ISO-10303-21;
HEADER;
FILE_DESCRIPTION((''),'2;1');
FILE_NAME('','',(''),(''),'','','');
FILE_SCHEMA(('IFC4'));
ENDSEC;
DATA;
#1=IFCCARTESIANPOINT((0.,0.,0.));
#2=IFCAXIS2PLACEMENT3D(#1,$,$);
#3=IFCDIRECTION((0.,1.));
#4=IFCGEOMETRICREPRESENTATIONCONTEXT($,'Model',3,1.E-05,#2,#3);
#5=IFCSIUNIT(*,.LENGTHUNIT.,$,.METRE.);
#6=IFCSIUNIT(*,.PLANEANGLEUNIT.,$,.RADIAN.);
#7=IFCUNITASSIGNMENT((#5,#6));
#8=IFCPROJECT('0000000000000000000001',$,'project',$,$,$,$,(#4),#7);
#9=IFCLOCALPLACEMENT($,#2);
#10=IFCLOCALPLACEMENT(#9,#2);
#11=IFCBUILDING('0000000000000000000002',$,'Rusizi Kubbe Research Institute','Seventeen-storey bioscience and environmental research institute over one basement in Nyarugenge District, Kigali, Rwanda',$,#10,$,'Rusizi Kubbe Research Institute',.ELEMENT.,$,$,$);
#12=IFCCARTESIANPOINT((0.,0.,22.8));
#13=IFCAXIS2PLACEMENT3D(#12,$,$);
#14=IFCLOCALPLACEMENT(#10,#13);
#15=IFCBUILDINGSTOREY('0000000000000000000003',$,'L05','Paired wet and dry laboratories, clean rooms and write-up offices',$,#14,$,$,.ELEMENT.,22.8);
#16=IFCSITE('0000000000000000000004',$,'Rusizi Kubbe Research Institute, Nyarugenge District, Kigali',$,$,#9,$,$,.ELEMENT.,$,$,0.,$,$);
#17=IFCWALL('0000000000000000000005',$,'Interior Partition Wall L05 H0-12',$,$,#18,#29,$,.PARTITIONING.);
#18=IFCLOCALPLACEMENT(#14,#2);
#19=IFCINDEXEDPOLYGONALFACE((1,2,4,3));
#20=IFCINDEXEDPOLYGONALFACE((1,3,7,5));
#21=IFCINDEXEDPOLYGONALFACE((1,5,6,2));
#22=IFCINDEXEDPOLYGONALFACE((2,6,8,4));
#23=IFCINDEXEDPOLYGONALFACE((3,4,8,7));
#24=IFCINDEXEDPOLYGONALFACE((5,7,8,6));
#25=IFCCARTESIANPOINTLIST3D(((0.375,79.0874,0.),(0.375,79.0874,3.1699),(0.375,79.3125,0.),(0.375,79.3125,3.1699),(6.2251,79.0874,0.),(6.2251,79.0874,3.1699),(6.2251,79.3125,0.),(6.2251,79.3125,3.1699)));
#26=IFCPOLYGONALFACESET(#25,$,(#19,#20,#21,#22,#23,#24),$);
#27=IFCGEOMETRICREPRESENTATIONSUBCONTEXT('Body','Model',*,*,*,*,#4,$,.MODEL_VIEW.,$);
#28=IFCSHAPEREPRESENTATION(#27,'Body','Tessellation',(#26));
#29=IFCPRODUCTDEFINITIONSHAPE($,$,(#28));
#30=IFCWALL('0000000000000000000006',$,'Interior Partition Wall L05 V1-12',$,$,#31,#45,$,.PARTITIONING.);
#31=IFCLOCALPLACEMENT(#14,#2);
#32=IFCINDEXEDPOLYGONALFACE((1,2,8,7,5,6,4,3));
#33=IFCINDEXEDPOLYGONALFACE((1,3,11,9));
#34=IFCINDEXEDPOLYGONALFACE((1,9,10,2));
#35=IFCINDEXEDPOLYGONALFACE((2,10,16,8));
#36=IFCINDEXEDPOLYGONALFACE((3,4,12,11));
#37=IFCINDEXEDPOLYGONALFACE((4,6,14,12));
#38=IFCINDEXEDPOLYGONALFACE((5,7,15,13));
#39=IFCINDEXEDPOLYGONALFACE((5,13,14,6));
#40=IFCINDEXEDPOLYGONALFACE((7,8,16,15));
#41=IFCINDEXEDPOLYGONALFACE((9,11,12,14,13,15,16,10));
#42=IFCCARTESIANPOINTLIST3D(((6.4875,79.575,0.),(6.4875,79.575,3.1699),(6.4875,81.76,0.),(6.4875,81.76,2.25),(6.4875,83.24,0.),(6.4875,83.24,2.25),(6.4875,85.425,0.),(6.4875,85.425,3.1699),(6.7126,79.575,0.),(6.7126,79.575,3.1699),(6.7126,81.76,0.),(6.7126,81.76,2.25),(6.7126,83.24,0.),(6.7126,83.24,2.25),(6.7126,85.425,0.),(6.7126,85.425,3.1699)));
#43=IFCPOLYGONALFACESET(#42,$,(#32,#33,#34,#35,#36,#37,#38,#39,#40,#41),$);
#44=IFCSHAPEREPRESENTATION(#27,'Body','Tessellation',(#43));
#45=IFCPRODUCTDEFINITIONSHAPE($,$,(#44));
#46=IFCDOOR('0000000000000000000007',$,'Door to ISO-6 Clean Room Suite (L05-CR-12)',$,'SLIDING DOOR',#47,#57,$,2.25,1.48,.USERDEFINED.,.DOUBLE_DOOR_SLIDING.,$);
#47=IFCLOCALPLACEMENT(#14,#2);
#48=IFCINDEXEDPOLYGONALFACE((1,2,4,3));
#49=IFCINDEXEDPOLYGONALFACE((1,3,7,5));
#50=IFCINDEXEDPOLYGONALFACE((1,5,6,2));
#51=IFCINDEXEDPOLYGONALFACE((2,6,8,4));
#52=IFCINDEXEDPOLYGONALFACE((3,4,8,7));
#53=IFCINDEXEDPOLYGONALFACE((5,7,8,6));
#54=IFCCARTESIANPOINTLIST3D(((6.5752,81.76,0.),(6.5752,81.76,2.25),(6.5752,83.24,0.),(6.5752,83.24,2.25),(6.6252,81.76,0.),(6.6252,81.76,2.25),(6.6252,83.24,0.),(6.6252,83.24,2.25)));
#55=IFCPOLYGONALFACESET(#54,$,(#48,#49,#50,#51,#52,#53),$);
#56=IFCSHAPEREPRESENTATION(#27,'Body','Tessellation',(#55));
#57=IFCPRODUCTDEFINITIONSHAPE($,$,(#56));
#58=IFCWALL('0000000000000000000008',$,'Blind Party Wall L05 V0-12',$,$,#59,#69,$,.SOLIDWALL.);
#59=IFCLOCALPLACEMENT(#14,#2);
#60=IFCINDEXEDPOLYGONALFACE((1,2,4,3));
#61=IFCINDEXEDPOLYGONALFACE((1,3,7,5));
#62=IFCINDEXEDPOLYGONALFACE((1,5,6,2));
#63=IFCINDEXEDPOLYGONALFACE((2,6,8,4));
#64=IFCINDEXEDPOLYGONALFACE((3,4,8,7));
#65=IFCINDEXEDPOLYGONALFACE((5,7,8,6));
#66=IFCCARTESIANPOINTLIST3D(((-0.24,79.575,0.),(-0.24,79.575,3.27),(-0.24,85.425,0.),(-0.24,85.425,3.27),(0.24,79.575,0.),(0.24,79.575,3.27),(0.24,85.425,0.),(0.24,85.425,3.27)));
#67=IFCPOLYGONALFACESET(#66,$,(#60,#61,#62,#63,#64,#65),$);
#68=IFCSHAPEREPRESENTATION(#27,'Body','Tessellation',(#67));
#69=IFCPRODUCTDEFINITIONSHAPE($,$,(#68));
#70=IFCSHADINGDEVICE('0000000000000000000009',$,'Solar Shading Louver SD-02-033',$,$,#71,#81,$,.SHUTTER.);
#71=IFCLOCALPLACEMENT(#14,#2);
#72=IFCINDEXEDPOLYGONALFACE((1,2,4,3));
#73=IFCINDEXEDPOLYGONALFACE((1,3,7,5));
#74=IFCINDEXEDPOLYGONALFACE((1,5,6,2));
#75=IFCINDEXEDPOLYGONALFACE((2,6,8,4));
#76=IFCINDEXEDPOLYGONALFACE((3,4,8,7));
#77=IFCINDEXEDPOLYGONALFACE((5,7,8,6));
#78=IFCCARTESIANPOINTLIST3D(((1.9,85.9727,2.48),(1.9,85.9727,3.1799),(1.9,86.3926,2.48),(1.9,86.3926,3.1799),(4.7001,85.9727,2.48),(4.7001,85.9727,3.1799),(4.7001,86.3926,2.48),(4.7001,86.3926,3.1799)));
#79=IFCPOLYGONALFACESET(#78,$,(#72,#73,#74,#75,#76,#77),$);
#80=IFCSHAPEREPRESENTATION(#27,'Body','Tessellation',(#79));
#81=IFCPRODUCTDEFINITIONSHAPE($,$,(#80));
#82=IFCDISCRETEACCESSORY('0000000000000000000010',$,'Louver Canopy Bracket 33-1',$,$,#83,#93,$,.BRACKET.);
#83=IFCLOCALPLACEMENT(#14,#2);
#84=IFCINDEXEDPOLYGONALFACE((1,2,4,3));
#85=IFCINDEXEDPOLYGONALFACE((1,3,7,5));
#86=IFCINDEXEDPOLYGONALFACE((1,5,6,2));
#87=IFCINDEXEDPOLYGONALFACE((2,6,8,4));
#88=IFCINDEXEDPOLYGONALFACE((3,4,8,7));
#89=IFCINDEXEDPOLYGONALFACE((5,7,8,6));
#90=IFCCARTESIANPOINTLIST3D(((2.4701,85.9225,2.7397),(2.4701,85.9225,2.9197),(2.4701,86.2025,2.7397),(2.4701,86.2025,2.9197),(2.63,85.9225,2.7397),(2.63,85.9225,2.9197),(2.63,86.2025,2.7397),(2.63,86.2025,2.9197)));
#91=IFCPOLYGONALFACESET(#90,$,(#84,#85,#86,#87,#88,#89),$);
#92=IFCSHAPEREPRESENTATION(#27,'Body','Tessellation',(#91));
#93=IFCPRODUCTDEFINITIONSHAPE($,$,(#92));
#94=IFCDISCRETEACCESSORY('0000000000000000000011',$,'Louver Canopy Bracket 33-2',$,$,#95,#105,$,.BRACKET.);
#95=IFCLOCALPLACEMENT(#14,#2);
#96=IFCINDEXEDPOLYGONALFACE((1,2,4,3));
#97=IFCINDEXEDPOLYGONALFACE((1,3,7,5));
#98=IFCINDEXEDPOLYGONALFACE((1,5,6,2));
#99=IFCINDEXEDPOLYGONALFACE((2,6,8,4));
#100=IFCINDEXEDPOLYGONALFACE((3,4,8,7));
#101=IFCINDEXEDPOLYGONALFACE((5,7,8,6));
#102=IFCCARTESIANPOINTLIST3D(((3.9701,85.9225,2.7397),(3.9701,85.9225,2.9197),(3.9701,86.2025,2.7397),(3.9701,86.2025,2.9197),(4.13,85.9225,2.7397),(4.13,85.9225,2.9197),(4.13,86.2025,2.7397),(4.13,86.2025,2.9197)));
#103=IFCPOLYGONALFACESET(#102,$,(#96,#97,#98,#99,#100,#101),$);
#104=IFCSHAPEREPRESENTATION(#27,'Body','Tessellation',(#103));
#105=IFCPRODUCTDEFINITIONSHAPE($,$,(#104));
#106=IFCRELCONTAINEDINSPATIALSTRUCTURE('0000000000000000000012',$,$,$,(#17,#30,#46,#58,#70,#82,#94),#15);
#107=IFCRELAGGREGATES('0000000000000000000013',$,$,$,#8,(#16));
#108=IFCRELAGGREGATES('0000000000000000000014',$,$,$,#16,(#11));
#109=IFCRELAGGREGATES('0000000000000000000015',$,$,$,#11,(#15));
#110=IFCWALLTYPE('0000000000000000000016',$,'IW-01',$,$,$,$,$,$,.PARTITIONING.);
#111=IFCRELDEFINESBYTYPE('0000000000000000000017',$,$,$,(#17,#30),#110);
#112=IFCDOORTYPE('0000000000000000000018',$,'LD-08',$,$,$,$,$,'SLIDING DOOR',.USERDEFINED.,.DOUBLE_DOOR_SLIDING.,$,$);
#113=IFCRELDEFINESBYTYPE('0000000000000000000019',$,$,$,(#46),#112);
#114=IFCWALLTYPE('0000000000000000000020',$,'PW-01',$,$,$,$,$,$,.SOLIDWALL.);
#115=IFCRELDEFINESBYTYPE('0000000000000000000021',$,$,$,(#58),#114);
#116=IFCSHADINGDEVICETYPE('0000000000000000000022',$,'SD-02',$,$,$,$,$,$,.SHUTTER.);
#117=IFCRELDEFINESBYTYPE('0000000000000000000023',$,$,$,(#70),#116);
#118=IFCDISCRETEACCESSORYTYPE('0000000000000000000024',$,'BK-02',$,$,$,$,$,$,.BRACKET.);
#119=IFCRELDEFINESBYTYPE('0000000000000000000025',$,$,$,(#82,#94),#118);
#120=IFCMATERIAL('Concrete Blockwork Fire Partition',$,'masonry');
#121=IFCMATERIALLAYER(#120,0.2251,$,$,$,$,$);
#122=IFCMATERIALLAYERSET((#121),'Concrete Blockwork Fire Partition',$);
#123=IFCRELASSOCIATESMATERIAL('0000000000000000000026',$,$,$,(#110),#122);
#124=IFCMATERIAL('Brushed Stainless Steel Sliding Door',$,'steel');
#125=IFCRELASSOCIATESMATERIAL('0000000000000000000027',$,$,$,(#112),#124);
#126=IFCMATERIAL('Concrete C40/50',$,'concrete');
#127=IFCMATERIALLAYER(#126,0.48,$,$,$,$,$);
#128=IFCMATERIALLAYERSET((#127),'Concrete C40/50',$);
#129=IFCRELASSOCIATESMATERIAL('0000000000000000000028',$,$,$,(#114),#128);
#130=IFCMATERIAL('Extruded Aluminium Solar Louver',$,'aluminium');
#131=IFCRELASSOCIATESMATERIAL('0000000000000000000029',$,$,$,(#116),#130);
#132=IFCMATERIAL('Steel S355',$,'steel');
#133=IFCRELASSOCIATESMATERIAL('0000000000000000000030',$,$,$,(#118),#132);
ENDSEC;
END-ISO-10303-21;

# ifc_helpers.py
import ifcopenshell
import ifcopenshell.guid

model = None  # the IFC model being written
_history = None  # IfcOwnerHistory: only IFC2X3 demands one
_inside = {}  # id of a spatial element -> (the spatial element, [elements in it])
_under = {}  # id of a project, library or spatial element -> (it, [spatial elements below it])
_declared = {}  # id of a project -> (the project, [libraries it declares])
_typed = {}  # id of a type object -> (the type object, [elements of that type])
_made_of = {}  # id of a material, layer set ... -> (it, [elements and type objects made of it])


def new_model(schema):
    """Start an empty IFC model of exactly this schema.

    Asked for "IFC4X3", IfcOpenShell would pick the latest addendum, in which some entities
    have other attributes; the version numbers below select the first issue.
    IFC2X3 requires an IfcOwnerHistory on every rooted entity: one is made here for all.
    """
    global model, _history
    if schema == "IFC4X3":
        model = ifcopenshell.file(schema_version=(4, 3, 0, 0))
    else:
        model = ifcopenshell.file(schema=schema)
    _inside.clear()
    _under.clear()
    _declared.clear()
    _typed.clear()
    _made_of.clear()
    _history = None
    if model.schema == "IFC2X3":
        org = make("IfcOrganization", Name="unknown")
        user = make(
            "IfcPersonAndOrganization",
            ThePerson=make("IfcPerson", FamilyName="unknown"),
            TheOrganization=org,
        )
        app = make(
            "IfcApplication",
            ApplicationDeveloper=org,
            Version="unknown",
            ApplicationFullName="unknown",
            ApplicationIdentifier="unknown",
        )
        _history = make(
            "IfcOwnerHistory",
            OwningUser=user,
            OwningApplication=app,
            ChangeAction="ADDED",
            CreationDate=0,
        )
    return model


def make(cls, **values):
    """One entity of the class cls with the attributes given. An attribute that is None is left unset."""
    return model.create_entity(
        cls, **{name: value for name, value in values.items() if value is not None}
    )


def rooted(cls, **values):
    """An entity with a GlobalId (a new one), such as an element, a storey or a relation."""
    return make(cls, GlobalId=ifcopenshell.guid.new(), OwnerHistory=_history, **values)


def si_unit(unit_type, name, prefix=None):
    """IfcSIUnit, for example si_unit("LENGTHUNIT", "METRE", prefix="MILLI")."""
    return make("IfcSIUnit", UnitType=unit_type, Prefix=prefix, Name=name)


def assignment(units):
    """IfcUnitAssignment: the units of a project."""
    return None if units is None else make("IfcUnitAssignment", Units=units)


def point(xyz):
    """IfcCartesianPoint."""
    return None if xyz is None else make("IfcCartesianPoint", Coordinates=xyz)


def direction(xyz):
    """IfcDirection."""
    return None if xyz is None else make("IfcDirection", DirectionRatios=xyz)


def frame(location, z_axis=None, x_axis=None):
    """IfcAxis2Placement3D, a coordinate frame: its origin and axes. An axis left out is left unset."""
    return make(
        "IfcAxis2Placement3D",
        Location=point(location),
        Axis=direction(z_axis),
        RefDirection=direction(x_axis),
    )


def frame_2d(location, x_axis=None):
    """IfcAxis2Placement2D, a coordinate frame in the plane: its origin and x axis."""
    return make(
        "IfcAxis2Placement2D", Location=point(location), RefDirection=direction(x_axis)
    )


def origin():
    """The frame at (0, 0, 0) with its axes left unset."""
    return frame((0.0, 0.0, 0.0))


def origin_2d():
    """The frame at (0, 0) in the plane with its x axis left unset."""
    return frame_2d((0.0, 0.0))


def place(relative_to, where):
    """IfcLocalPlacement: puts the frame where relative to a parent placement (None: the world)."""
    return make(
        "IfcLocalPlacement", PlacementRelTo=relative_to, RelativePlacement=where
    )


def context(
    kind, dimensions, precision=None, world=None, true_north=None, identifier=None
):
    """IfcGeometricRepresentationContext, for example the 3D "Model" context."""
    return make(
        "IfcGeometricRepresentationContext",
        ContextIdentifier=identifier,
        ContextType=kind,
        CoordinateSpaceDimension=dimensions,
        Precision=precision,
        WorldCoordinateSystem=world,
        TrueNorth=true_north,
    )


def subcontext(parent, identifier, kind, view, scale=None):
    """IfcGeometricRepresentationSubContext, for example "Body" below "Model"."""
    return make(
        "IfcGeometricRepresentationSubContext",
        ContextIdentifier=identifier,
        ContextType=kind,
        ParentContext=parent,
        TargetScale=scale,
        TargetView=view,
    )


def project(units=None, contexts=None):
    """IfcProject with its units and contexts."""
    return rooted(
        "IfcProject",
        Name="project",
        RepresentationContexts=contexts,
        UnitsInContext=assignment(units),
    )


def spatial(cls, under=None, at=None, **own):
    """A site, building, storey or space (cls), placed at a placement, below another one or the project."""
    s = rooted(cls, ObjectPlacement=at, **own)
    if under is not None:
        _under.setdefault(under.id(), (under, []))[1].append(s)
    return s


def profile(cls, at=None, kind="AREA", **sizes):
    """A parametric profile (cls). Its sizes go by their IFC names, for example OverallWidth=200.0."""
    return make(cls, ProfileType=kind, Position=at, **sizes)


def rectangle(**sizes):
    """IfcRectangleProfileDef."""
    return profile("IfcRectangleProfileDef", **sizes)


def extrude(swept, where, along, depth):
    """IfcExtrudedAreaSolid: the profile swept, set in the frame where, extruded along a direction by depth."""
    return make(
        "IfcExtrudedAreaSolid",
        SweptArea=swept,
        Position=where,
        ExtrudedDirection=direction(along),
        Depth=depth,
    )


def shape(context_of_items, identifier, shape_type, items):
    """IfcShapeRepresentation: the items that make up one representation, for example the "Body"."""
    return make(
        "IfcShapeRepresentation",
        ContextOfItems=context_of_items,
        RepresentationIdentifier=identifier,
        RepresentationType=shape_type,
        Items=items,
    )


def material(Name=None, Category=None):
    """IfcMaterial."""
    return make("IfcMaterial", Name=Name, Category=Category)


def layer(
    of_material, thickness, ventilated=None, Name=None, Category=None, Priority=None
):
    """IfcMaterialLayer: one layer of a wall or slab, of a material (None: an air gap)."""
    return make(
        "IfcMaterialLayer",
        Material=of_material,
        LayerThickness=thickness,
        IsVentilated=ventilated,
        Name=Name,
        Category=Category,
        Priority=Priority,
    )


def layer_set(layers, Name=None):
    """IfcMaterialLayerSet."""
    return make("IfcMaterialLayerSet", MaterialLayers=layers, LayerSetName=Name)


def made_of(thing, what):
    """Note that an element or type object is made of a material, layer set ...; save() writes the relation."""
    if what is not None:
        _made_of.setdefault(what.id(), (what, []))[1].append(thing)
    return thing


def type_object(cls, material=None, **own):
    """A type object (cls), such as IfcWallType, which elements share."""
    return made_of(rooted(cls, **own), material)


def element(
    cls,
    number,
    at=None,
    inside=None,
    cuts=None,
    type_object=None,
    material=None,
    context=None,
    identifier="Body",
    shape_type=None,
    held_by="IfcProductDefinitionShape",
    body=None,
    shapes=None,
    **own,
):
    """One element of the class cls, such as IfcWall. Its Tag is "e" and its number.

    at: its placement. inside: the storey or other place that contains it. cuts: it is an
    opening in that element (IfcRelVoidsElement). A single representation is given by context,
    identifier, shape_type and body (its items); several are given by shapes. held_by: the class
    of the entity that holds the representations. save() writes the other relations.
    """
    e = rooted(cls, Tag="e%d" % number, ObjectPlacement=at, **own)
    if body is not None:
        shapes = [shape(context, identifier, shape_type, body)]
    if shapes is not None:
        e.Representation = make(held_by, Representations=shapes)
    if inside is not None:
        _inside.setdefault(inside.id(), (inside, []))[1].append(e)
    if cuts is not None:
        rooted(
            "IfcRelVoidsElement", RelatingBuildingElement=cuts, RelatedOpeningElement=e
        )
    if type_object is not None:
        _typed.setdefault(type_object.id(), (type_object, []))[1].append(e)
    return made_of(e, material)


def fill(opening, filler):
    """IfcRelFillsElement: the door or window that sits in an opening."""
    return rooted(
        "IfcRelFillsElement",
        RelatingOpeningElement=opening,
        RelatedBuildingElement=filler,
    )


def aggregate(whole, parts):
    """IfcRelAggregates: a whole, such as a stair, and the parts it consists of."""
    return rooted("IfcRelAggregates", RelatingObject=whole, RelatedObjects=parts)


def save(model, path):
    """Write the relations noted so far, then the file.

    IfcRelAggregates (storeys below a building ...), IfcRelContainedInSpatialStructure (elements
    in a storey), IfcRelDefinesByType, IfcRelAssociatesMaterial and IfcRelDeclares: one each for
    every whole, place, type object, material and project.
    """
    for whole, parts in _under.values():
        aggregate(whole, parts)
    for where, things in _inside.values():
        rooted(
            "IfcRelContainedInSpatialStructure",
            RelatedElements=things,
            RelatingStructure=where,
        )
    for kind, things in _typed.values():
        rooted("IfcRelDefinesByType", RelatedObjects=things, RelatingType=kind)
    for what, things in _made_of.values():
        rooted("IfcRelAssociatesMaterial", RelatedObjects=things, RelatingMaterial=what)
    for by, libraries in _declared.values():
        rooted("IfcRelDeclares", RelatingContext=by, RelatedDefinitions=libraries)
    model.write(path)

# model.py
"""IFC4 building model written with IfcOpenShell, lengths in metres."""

from ifc_helpers import new_model, si_unit, direction, frame, frame_2d, origin, origin_2d, place, context, subcontext, project, spatial, rectangle, extrude, material, layer, layer_set, type_object, element, fill, save


model = new_model("IFC4")

# Units and contexts
model_context = context("Model", 3, precision=1e-05, world=origin(), true_north=direction((0.0, 1.0)))
body_context = subcontext(model_context, "Body", "Model", "MODEL_VIEW")
ifc_project = project(units=[si_unit("LENGTHUNIT", "METRE"), si_unit("PLANEANGLEUNIT", "RADIAN")], contexts=[model_context])

# Site, building, storey
site_placement = place(None, origin())
site = spatial("IfcSite", under=ifc_project, at=site_placement, Name="Rusizi Kubbe Research Institute, Nyarugenge District, Kigali", CompositionType="ELEMENT", RefElevation=0.0)
building_placement = place(site_placement, origin())
building = spatial("IfcBuilding", under=site, at=building_placement, Name="Rusizi Kubbe Research Institute", Description="Seventeen-storey bioscience and environmental research institute over one basement in Nyarugenge District, Kigali, Rwanda", LongName="Rusizi Kubbe Research Institute", CompositionType="ELEMENT")
storey_placement = place(building_placement, frame((0.0, 0.0, 22.8)))
storey = spatial("IfcBuildingStorey", under=building, at=storey_placement, Name="L05", Description="Paired wet and dry laboratories, clean rooms and write-up offices", CompositionType="ELEMENT", Elevation=22.8)

# Wall
ifc_material_1 = material(Name="Concrete Blockwork Fire Partition", Category="masonry")
ifc_layer_1 = layer(ifc_material_1, 0.2251)
ifc_layer_set_1 = layer_set([ifc_layer_1], Name="Concrete Blockwork Fire Partition")
wall_type_1 = type_object("IfcWallType", Name="IW-01", PredefinedType="PARTITIONING", material=ifc_layer_set_1)
wall_1_placement = place(storey_placement, frame((0.375, 79.2, 0.0), z_axis=(0.0, 0.0, 1.0), x_axis=(1.0, 0.0, 0.0)))
element("IfcWall", 1, at=wall_1_placement, inside=storey, type_object=wall_type_1, Name="Interior Partition Wall L05 H0-12", PredefinedType="PARTITIONING", context=body_context, shape_type="SweptSolid", body=[
    extrude(rectangle(XDim=5.8501, YDim=0.2251, at=frame_2d((2.925, 0.0))), origin(), (0.0, 0.0, 1.0), 3.1699),
])

# Wall, opening, door
wall_2_placement = place(storey_placement, frame((6.6001, 79.575, 0.0), z_axis=(0.0, 0.0, 1.0), x_axis=(0.0, 1.0, 0.0)))
wall_2 = element("IfcWall", 2, at=wall_2_placement, inside=storey, type_object=wall_type_1, Name="Interior Partition Wall L05 V1-12", PredefinedType="PARTITIONING", context=body_context, shape_type="SweptSolid", body=[
    extrude(rectangle(XDim=5.8501, YDim=0.2251, at=frame_2d((2.925, 0.0))), origin(), (0.0, 0.0, 1.0), 3.1699),
])
opening_1_placement = place(wall_2_placement, frame((2.1851, 0.0, 0.0)))
opening_1 = element("IfcOpeningElement", 3, at=opening_1_placement, cuts=wall_2, PredefinedType="OPENING", context=body_context, shape_type="SweptSolid", body=[
    extrude(rectangle(XDim=1.48, YDim=2.25, at=frame_2d((0.74, 1.125))), frame((0.0, 0.1226, 0.0), z_axis=(0.0, -1.0, 0.0), x_axis=(1.0, 0.0, 0.0)), (0.0, 0.0, 1.0), 0.2451),
])
ifc_material_2 = material(Name="Brushed Stainless Steel Sliding Door", Category="steel")
door_type = type_object("IfcDoorType", Name="LD-08", ElementType="SLIDING DOOR", OperationType="DOUBLE_DOOR_SLIDING", PredefinedType="USERDEFINED", material=ifc_material_2)
door_placement = place(opening_1_placement, origin())
door = element("IfcDoor", 4, at=door_placement, inside=storey, type_object=door_type, Name="Door to ISO-6 Clean Room Suite (L05-CR-12)", ObjectType="SLIDING DOOR", OperationType="DOUBLE_DOOR_SLIDING", OverallHeight=2.25, OverallWidth=1.48, PredefinedType="USERDEFINED", context=body_context, shape_type="SweptSolid", body=[
    extrude(rectangle(XDim=1.48, YDim=2.25, at=frame_2d((0.74, 1.125))), frame((0.0, 0.0249, 0.0), z_axis=(0.0, -1.0, 0.0), x_axis=(1.0, 0.0, 0.0)), (0.0, 0.0, 1.0), 0.05),
])
fill(opening_1, door)

# Wall
ifc_material_3 = material(Name="Concrete C40/50", Category="concrete")
ifc_layer_2 = layer(ifc_material_3, 0.48)
ifc_layer_set_2 = layer_set([ifc_layer_2], Name="Concrete C40/50")
wall_type_2 = type_object("IfcWallType", Name="PW-01", PredefinedType="SOLIDWALL", material=ifc_layer_set_2)
wall_3_placement = place(storey_placement, frame((0.0, 79.575, 0.0), z_axis=(0.0, 0.0, 1.0), x_axis=(0.0, 1.0, 0.0)))
element("IfcWall", 5, at=wall_3_placement, inside=storey, type_object=wall_type_2, Name="Blind Party Wall L05 V0-12", PredefinedType="SOLIDWALL", context=body_context, shape_type="SweptSolid", body=[
    extrude(rectangle(XDim=5.8501, YDim=0.48, at=frame_2d((2.925, 0.0))), origin(), (0.0, 0.0, 1.0), 3.27),
])

# Shading device
ifc_material_4 = material(Name="Extruded Aluminium Solar Louver", Category="aluminium")
shading_device_type = type_object("IfcShadingDeviceType", Name="SD-02", PredefinedType="SHUTTER", material=ifc_material_4)
shading_device_placement = place(storey_placement, frame((3.3, 86.1826, 2.48), z_axis=(0.0, 0.0, 1.0), x_axis=(1.0, 0.0, 0.0)))
element("IfcShadingDevice", 6, at=shading_device_placement, inside=storey, type_object=shading_device_type, Name="Solar Shading Louver SD-02-033", PredefinedType="SHUTTER", context=body_context, shape_type="SweptSolid", body=[
    extrude(rectangle(XDim=2.8, YDim=0.4199, at=origin_2d()), origin(), (0.0, 0.0, 1.0), 0.7),
])

# Discrete accessories
ifc_material_5 = material(Name="Steel S355", Category="steel")
discrete_accessory_type = type_object("IfcDiscreteAccessoryType", Name="BK-02", PredefinedType="BRACKET", material=ifc_material_5)
for number, where, z_axis, x_axis, name in (
    (7, (2.55, 86.0625, 2.7397), (0.0, 0.0, 1.0), (1.0, 0.0, 0.0), "Louver Canopy Bracket 33-1"),
    (8, (4.05, 86.0625, 2.7397), (0.0, 0.0, 1.0), (1.0, 0.0, 0.0), "Louver Canopy Bracket 33-2"),
):
    element("IfcDiscreteAccessory", number, at=place(storey_placement, frame(where, z_axis=z_axis, x_axis=x_axis)), inside=storey, type_object=discrete_accessory_type, Name=name, PredefinedType="BRACKET", context=body_context, shape_type="SweptSolid", body=[
        extrude(rectangle(XDim=0.1599, YDim=0.28, at=origin_2d()), origin(), (0.0, 0.0, 1.0), 0.1799),
    ])

save(model, "model.ifc")
